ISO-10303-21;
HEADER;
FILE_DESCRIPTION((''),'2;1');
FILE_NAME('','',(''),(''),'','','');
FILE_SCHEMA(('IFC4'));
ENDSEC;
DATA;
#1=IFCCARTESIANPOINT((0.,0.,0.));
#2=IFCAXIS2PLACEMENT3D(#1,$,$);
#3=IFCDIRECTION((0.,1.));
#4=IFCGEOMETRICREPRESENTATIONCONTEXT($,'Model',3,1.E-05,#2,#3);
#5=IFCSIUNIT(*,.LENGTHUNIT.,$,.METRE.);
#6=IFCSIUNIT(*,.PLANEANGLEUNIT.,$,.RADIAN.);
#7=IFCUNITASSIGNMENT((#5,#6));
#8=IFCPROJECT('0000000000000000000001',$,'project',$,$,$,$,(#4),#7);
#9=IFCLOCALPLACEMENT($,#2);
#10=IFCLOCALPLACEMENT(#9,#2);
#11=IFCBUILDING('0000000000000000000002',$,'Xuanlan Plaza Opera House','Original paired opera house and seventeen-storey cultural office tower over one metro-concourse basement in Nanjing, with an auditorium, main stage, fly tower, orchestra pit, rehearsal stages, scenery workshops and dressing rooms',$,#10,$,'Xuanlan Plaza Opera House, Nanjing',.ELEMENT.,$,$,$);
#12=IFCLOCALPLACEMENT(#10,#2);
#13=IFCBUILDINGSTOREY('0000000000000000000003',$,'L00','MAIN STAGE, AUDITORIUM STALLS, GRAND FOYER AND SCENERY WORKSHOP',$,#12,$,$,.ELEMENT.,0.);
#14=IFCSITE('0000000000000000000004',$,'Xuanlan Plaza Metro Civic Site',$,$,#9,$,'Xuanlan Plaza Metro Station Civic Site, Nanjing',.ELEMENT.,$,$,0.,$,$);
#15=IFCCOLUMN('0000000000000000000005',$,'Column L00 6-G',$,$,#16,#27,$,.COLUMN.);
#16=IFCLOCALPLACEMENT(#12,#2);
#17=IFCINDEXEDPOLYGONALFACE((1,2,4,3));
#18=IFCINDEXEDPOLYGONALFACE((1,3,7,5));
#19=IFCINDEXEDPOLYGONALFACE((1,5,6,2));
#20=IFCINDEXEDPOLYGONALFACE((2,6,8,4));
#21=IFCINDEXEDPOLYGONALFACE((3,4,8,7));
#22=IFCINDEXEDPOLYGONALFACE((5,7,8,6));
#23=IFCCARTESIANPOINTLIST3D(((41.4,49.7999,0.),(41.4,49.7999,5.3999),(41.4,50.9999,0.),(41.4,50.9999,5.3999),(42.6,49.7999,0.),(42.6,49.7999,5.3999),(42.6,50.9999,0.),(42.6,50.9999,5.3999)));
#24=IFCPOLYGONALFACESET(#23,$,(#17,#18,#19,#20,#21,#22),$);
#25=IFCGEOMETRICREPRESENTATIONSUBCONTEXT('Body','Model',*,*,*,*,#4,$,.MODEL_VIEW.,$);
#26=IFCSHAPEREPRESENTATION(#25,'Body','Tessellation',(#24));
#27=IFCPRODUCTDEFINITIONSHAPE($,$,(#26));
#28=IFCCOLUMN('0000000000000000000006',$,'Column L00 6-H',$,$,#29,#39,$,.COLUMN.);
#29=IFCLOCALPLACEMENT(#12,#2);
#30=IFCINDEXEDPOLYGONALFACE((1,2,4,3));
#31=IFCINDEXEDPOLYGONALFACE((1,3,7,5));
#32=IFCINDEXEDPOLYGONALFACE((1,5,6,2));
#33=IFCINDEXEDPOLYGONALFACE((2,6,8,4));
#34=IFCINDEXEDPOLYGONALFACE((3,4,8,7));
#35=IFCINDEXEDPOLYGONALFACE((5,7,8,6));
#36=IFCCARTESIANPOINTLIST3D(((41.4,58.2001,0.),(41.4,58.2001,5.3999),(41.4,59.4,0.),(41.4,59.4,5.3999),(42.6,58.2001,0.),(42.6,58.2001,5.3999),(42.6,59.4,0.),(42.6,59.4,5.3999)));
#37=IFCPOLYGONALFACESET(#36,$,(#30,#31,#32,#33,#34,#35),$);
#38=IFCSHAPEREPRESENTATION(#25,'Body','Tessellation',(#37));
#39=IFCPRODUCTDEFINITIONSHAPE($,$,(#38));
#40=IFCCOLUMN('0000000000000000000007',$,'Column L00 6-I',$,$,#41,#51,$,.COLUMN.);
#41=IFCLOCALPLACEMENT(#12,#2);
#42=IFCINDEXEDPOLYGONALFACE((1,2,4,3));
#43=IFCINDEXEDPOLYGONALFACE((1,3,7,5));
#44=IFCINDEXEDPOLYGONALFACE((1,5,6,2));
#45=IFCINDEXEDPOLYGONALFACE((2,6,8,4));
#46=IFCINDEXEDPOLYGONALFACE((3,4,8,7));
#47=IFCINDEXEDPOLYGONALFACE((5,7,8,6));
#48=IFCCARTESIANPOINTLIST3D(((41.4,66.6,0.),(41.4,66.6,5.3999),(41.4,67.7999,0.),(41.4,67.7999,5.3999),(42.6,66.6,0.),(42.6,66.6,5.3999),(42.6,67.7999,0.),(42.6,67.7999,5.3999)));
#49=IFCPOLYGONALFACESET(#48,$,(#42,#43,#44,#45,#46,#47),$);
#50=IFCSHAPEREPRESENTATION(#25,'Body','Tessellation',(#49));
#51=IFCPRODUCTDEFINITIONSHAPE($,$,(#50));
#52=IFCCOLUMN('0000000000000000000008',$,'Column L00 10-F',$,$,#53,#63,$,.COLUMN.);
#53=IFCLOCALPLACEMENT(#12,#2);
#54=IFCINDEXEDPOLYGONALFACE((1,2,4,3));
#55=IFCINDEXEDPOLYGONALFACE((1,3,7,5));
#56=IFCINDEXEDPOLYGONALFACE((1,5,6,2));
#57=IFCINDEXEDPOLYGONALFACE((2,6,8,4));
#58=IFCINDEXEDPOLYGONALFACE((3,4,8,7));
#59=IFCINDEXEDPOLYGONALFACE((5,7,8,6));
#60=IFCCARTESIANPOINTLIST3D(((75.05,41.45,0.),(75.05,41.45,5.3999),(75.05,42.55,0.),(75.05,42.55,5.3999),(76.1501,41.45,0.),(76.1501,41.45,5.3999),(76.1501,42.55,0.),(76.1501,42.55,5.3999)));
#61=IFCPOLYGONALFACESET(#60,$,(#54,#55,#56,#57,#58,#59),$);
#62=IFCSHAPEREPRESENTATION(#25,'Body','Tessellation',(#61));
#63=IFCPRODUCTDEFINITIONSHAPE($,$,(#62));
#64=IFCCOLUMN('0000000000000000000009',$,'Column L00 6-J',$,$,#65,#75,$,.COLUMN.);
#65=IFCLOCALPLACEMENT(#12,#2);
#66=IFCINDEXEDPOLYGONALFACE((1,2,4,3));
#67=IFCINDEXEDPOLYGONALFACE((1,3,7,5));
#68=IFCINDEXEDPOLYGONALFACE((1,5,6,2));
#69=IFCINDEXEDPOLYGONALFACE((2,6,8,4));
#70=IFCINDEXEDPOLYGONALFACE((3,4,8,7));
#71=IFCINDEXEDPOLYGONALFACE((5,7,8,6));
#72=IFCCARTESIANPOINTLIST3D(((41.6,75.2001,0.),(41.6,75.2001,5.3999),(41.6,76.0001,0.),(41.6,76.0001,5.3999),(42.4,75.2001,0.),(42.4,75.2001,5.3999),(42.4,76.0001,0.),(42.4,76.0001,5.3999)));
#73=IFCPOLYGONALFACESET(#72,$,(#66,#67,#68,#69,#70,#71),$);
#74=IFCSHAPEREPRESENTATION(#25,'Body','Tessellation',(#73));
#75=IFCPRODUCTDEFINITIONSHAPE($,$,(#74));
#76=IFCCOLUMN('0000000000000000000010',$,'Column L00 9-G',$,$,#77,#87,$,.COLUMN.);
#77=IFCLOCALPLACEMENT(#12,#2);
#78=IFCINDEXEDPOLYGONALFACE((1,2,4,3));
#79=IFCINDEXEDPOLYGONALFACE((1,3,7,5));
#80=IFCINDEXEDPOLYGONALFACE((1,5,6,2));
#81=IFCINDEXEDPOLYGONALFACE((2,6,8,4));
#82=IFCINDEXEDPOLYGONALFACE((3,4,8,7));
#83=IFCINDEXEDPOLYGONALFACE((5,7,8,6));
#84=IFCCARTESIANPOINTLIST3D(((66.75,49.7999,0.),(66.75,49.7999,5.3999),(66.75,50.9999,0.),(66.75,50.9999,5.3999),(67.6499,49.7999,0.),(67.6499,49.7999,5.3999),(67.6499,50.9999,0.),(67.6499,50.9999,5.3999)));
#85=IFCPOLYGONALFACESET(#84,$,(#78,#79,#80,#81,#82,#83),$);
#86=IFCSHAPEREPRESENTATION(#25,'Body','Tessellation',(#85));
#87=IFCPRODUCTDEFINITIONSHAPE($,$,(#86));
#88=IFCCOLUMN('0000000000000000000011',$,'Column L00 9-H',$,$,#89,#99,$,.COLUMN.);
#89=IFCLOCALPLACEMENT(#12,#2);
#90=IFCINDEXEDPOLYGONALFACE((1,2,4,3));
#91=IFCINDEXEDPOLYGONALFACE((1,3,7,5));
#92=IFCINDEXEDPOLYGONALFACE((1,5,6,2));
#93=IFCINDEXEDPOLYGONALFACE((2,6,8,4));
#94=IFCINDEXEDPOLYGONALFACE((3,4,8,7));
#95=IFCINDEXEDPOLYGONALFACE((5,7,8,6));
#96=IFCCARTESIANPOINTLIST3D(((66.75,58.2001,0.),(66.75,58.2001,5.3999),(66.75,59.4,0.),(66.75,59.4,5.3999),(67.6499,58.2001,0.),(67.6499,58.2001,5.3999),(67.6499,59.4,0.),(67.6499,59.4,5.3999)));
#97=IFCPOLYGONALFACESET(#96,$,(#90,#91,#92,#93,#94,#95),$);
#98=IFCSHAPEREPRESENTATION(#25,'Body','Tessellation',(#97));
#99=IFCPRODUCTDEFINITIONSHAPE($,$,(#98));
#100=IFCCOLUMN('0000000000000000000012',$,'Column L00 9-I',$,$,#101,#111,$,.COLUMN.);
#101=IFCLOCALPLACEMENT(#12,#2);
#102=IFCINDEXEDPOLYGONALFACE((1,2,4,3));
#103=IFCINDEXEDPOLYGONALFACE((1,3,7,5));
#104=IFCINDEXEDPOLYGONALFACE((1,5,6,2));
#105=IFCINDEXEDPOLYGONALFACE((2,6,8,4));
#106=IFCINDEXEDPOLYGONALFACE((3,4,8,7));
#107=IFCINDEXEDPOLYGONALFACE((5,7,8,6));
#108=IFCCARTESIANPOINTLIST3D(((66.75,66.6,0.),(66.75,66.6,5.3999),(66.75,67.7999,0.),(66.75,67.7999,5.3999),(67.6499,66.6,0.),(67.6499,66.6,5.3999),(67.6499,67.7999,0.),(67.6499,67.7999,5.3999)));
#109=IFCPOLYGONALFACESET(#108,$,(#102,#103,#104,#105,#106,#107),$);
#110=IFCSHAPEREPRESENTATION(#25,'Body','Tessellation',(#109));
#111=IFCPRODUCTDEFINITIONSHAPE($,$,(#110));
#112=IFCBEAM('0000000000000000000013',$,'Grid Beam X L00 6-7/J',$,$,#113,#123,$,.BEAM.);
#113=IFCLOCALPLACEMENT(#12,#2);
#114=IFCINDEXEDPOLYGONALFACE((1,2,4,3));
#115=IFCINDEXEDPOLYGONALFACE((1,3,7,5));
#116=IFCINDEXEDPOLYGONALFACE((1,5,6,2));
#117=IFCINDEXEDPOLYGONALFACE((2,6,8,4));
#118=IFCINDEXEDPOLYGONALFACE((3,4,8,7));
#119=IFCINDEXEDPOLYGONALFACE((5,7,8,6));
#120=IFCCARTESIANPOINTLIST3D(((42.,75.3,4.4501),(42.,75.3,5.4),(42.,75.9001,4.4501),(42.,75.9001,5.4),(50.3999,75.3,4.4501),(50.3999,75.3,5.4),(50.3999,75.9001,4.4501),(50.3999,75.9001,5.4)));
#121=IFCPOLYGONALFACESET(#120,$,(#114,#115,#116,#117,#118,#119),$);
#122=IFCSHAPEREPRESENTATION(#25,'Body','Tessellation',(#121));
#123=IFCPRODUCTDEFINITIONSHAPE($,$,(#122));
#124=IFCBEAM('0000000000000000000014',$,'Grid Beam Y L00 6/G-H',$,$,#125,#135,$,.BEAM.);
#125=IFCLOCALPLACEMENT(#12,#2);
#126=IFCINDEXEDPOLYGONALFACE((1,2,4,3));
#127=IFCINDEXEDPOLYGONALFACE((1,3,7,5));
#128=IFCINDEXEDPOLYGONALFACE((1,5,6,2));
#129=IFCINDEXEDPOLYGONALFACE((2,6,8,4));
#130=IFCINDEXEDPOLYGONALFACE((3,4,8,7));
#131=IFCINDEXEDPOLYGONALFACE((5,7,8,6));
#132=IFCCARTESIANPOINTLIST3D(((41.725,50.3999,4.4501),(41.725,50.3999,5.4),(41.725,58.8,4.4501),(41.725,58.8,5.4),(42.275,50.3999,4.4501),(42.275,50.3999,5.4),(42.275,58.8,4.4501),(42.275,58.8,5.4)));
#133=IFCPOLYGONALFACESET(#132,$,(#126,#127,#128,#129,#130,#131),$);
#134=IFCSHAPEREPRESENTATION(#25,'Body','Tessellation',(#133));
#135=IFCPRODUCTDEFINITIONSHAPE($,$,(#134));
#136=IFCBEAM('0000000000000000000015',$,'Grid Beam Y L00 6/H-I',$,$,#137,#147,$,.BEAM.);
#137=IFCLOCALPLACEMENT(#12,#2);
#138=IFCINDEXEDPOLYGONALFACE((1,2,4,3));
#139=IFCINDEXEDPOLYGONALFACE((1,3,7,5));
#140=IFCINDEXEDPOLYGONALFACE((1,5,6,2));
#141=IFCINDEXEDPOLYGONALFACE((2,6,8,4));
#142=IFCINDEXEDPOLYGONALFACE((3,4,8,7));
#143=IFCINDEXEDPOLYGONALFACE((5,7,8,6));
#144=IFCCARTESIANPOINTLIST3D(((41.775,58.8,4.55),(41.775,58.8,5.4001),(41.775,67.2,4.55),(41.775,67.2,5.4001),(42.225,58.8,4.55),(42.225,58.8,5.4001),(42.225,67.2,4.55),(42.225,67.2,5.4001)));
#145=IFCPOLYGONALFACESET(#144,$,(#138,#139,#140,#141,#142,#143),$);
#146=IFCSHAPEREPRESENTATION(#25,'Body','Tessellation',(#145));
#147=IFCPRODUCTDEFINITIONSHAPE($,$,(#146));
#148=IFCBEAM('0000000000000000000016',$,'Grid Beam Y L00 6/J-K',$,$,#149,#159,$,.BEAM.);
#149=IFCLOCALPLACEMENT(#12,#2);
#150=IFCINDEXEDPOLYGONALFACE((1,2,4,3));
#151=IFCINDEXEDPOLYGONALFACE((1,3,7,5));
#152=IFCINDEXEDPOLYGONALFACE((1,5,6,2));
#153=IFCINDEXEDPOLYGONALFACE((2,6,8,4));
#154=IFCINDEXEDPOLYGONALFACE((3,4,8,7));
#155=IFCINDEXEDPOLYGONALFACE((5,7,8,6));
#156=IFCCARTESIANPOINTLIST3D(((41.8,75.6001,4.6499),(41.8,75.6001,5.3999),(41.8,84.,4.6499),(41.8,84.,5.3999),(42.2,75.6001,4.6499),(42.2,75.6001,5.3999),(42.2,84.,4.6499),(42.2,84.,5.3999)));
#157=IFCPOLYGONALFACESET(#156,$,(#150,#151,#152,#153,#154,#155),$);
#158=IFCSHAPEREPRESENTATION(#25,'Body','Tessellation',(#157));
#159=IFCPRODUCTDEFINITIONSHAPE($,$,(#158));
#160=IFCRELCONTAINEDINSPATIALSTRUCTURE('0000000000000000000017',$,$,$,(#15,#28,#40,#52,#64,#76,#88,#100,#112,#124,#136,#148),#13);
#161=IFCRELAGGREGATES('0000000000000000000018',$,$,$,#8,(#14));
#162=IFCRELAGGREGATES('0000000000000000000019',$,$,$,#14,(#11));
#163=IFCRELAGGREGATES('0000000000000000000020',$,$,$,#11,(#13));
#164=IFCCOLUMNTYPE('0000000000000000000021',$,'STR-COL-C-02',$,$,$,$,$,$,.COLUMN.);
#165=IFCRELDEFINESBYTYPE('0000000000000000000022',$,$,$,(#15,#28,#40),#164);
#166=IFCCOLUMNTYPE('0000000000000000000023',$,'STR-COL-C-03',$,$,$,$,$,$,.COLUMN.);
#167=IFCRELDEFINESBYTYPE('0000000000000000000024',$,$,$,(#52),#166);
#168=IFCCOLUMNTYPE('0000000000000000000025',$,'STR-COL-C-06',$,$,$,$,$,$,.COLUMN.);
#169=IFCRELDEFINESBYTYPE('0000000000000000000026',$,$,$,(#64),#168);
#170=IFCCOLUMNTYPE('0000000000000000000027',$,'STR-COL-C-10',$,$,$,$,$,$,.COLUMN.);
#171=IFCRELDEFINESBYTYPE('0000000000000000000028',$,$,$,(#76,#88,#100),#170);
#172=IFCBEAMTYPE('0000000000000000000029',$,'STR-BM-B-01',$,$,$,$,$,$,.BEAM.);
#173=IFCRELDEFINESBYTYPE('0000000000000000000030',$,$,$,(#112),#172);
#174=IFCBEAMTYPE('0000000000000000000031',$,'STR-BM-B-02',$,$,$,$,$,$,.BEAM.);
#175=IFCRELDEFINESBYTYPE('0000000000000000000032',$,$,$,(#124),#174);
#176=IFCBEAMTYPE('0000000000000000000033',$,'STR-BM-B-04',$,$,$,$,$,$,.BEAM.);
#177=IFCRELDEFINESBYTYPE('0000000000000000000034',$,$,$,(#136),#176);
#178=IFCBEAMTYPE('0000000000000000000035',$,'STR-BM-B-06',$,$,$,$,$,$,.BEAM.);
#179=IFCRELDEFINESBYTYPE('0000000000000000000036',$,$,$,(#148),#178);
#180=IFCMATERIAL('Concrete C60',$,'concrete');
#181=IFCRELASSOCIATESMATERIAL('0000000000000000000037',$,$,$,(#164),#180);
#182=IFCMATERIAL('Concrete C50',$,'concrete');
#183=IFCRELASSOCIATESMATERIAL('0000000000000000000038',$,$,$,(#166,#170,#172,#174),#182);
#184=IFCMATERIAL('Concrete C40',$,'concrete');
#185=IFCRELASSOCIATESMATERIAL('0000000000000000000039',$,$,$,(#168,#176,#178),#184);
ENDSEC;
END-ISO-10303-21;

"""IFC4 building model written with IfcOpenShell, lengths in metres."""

from ifc_helpers import new_model, si_unit, direction, frame, origin, origin_2d, place, context, subcontext, project, spatial, rectangle, extrude, material, material_profile, profile_set, type_object, element, save


model = new_model("IFC4")

# Units and contexts
model_context = context("Model", 3, precision=1e-05, world=origin(), true_north=direction((0.0, 1.0)))
body_context = subcontext(model_context, "Body", "Model", "MODEL_VIEW")
ifc_project = project(units=[si_unit("LENGTHUNIT", "METRE"), si_unit("PLANEANGLEUNIT", "RADIAN")], contexts=[model_context])

# Site, building, storey
site_placement = place(None, origin())
site = spatial("IfcSite", under=ifc_project, at=site_placement, Name="Xuanlan Plaza Metro Civic Site", LongName="Xuanlan Plaza Metro Station Civic Site, Nanjing", CompositionType="ELEMENT", RefElevation=0.0)
building_placement = place(site_placement, origin())
building = spatial("IfcBuilding", under=site, at=building_placement, Name="Xuanlan Plaza Opera House", Description="Original paired opera house and seventeen-storey cultural office tower over one metro-concourse basement in Nanjing, with an auditorium, main stage, fly tower, orchestra pit, rehearsal stages, scenery workshops and dressing rooms", LongName="Xuanlan Plaza Opera House, Nanjing", CompositionType="ELEMENT")
storey_placement = place(building_placement, origin())
storey = spatial("IfcBuildingStorey", under=building, at=storey_placement, Name="L00", Description="MAIN STAGE, AUDITORIUM STALLS, GRAND FOYER AND SCENERY WORKSHOP", CompositionType="ELEMENT", Elevation=0.0)

# Columns
ifc_material_1 = material(Name="Concrete C60", Category="concrete")
ifc_material_profile_1 = material_profile(ifc_material_1, rectangle(XDim=1.2, YDim=1.2, at=origin_2d()), Name="RC-COL 1200x1200")
ifc_profile_set_1 = profile_set([ifc_material_profile_1], Name="Concrete C60")
column_type_1 = type_object("IfcColumnType", Name="STR-COL-C-02", PredefinedType="COLUMN", material=ifc_profile_set_1)
for number, where, z_axis, x_axis, name in (
    (1, (42.0, 50.3999, 0.0), (0.0, 0.0, 1.0), (1.0, 0.0, 0.0), "Column L00 6-G"),
    (2, (42.0, 58.8, 0.0), (0.0, 0.0, 1.0), (1.0, 0.0, 0.0), "Column L00 6-H"),
    (3, (42.0, 67.2, 0.0), (0.0, 0.0, 1.0), (1.0, 0.0, 0.0), "Column L00 6-I"),
):
    element("IfcColumn", number, at=place(storey_placement, frame(where, z_axis=z_axis, x_axis=x_axis)), inside=storey, type_object=column_type_1, Name=name, PredefinedType="COLUMN", context=body_context, shape_type="SweptSolid", body=[
        extrude(rectangle(XDim=1.2, YDim=1.2, at=origin_2d()), origin(), (0.0, 0.0, 1.0), 5.3999),
    ])
ifc_material_2 = material(Name="Concrete C50", Category="concrete")
ifc_material_profile_2 = material_profile(ifc_material_2, rectangle(XDim=1.1001, YDim=1.1001, at=origin_2d()), Name="RC-COL 1100x1100")
ifc_profile_set_2 = profile_set([ifc_material_profile_2], Name="Concrete C50")
column_type_2 = type_object("IfcColumnType", Name="STR-COL-C-03", PredefinedType="COLUMN", material=ifc_profile_set_2)
column_1_placement = place(storey_placement, frame((75.6001, 42.0, 0.0), z_axis=(0.0, 0.0, 1.0), x_axis=(1.0, 0.0, 0.0)))
element("IfcColumn", 4, at=column_1_placement, inside=storey, type_object=column_type_2, Name="Column L00 10-F", PredefinedType="COLUMN", context=body_context, shape_type="SweptSolid", body=[
    extrude(rectangle(XDim=1.1001, YDim=1.1001, at=origin_2d()), origin(), (0.0, 0.0, 1.0), 5.3999),
])
ifc_material_3 = material(Name="Concrete C40", Category="concrete")
ifc_material_profile_3 = material_profile(ifc_material_3, rectangle(XDim=0.8, YDim=0.8, at=origin_2d()), Name="RC-COL 800x800")
ifc_profile_set_3 = profile_set([ifc_material_profile_3], Name="Concrete C40")
column_type_3 = type_object("IfcColumnType", Name="STR-COL-C-06", PredefinedType="COLUMN", material=ifc_profile_set_3)
column_2_placement = place(storey_placement, frame((42.0, 75.6001, 0.0), z_axis=(0.0, 0.0, 1.0), x_axis=(1.0, 0.0, 0.0)))
element("IfcColumn", 5, at=column_2_placement, inside=storey, type_object=column_type_3, Name="Column L00 6-J", PredefinedType="COLUMN", context=body_context, shape_type="SweptSolid", body=[
    extrude(rectangle(XDim=0.8, YDim=0.8, at=origin_2d()), origin(), (0.0, 0.0, 1.0), 5.3999),
])
ifc_material_profile_4 = material_profile(ifc_material_2, rectangle(XDim=0.8999, YDim=1.2, at=origin_2d()), Name="RC-COL 900x1200")
ifc_profile_set_4 = profile_set([ifc_material_profile_4], Name="Concrete C50")
column_type_4 = type_object("IfcColumnType", Name="STR-COL-C-10", PredefinedType="COLUMN", material=ifc_profile_set_4)
for number, where, z_axis, x_axis, name in (
    (6, (67.2, 50.3999, 0.0), (0.0, 0.0, 1.0), (1.0, 0.0, 0.0), "Column L00 9-G"),
    (7, (67.2, 58.8, 0.0), (0.0, 0.0, 1.0), (1.0, 0.0, 0.0), "Column L00 9-H"),
    (8, (67.2, 67.2, 0.0), (0.0, 0.0, 1.0), (1.0, 0.0, 0.0), "Column L00 9-I"),
):
    element("IfcColumn", number, at=place(storey_placement, frame(where, z_axis=z_axis, x_axis=x_axis)), inside=storey, type_object=column_type_4, Name=name, PredefinedType="COLUMN", context=body_context, shape_type="SweptSolid", body=[
        extrude(rectangle(XDim=0.8999, YDim=1.2, at=origin_2d()), origin(), (0.0, 0.0, 1.0), 5.3999),
    ])

# Beams
ifc_material_profile_5 = material_profile(ifc_material_2, rectangle(XDim=0.6001, YDim=0.95, at=origin_2d()), Name="RC-BM 600x950")
ifc_profile_set_5 = profile_set([ifc_material_profile_5], Name="Concrete C50")
beam_type_1 = type_object("IfcBeamType", Name="STR-BM-B-01", PredefinedType="BEAM", material=ifc_profile_set_5)
beam_1_placement = place(storey_placement, frame((42.0, 75.6001, 4.925), z_axis=(1.0, 0.0, 0.0), x_axis=(0.0, 1.0, 0.0)))
element("IfcBeam", 9, at=beam_1_placement, inside=storey, type_object=beam_type_1, Name="Grid Beam X L00 6-7/J", PredefinedType="BEAM", context=body_context, shape_type="SweptSolid", body=[
    extrude(rectangle(XDim=0.6001, YDim=0.95, at=origin_2d()), origin(), (0.0, 0.0, 1.0), 8.3999),
])
ifc_material_profile_6 = material_profile(ifc_material_2, rectangle(XDim=0.55, YDim=0.95, at=origin_2d()), Name="RC-BM 550x950")
ifc_profile_set_6 = profile_set([ifc_material_profile_6], Name="Concrete C50")
beam_type_2 = type_object("IfcBeamType", Name="STR-BM-B-02", PredefinedType="BEAM", material=ifc_profile_set_6)
beam_2_placement = place(storey_placement, frame((42.0, 50.3999, 4.925), z_axis=(0.0, 1.0, 0.0), x_axis=(-1.0, 0.0, 0.0)))
element("IfcBeam", 10, at=beam_2_placement, inside=storey, type_object=beam_type_2, Name="Grid Beam Y L00 6/G-H", PredefinedType="BEAM", context=body_context, shape_type="SweptSolid", body=[
    extrude(rectangle(XDim=0.55, YDim=0.95, at=origin_2d()), origin(), (0.0, 0.0, 1.0), 8.4001),
])
ifc_material_profile_7 = material_profile(ifc_material_3, rectangle(XDim=0.45, YDim=0.8501, at=origin_2d()), Name="RC-BM 450x850")
ifc_profile_set_7 = profile_set([ifc_material_profile_7], Name="Concrete C40")
beam_type_3 = type_object("IfcBeamType", Name="STR-BM-B-04", PredefinedType="BEAM", material=ifc_profile_set_7)
beam_3_placement = place(storey_placement, frame((42.0, 58.8, 4.9751), z_axis=(0.0, 1.0, 0.0), x_axis=(-1.0, 0.0, 0.0)))
element("IfcBeam", 11, at=beam_3_placement, inside=storey, type_object=beam_type_3, Name="Grid Beam Y L00 6/H-I", PredefinedType="BEAM", context=body_context, shape_type="SweptSolid", body=[
    extrude(rectangle(XDim=0.45, YDim=0.8501, at=origin_2d()), origin(), (0.0, 0.0, 1.0), 8.3999),
])
ifc_material_profile_8 = material_profile(ifc_material_3, rectangle(XDim=0.3999, YDim=0.75, at=origin_2d()), Name="RC-BM 400x750")
ifc_profile_set_8 = profile_set([ifc_material_profile_8], Name="Concrete C40")
beam_type_4 = type_object("IfcBeamType", Name="STR-BM-B-06", PredefinedType="BEAM", material=ifc_profile_set_8)
beam_4_placement = place(storey_placement, frame((42.0, 75.6001, 5.0249), z_axis=(0.0, 1.0, 0.0), x_axis=(-1.0, 0.0, 0.0)))
element("IfcBeam", 12, at=beam_4_placement, inside=storey, type_object=beam_type_4, Name="Grid Beam Y L00 6/J-K", PredefinedType="BEAM", context=body_context, shape_type="SweptSolid", body=[
    extrude(rectangle(XDim=0.3999, YDim=0.75, at=origin_2d()), origin(), (0.0, 0.0, 1.0), 8.3999),
])

save(model, "model.ifc")
